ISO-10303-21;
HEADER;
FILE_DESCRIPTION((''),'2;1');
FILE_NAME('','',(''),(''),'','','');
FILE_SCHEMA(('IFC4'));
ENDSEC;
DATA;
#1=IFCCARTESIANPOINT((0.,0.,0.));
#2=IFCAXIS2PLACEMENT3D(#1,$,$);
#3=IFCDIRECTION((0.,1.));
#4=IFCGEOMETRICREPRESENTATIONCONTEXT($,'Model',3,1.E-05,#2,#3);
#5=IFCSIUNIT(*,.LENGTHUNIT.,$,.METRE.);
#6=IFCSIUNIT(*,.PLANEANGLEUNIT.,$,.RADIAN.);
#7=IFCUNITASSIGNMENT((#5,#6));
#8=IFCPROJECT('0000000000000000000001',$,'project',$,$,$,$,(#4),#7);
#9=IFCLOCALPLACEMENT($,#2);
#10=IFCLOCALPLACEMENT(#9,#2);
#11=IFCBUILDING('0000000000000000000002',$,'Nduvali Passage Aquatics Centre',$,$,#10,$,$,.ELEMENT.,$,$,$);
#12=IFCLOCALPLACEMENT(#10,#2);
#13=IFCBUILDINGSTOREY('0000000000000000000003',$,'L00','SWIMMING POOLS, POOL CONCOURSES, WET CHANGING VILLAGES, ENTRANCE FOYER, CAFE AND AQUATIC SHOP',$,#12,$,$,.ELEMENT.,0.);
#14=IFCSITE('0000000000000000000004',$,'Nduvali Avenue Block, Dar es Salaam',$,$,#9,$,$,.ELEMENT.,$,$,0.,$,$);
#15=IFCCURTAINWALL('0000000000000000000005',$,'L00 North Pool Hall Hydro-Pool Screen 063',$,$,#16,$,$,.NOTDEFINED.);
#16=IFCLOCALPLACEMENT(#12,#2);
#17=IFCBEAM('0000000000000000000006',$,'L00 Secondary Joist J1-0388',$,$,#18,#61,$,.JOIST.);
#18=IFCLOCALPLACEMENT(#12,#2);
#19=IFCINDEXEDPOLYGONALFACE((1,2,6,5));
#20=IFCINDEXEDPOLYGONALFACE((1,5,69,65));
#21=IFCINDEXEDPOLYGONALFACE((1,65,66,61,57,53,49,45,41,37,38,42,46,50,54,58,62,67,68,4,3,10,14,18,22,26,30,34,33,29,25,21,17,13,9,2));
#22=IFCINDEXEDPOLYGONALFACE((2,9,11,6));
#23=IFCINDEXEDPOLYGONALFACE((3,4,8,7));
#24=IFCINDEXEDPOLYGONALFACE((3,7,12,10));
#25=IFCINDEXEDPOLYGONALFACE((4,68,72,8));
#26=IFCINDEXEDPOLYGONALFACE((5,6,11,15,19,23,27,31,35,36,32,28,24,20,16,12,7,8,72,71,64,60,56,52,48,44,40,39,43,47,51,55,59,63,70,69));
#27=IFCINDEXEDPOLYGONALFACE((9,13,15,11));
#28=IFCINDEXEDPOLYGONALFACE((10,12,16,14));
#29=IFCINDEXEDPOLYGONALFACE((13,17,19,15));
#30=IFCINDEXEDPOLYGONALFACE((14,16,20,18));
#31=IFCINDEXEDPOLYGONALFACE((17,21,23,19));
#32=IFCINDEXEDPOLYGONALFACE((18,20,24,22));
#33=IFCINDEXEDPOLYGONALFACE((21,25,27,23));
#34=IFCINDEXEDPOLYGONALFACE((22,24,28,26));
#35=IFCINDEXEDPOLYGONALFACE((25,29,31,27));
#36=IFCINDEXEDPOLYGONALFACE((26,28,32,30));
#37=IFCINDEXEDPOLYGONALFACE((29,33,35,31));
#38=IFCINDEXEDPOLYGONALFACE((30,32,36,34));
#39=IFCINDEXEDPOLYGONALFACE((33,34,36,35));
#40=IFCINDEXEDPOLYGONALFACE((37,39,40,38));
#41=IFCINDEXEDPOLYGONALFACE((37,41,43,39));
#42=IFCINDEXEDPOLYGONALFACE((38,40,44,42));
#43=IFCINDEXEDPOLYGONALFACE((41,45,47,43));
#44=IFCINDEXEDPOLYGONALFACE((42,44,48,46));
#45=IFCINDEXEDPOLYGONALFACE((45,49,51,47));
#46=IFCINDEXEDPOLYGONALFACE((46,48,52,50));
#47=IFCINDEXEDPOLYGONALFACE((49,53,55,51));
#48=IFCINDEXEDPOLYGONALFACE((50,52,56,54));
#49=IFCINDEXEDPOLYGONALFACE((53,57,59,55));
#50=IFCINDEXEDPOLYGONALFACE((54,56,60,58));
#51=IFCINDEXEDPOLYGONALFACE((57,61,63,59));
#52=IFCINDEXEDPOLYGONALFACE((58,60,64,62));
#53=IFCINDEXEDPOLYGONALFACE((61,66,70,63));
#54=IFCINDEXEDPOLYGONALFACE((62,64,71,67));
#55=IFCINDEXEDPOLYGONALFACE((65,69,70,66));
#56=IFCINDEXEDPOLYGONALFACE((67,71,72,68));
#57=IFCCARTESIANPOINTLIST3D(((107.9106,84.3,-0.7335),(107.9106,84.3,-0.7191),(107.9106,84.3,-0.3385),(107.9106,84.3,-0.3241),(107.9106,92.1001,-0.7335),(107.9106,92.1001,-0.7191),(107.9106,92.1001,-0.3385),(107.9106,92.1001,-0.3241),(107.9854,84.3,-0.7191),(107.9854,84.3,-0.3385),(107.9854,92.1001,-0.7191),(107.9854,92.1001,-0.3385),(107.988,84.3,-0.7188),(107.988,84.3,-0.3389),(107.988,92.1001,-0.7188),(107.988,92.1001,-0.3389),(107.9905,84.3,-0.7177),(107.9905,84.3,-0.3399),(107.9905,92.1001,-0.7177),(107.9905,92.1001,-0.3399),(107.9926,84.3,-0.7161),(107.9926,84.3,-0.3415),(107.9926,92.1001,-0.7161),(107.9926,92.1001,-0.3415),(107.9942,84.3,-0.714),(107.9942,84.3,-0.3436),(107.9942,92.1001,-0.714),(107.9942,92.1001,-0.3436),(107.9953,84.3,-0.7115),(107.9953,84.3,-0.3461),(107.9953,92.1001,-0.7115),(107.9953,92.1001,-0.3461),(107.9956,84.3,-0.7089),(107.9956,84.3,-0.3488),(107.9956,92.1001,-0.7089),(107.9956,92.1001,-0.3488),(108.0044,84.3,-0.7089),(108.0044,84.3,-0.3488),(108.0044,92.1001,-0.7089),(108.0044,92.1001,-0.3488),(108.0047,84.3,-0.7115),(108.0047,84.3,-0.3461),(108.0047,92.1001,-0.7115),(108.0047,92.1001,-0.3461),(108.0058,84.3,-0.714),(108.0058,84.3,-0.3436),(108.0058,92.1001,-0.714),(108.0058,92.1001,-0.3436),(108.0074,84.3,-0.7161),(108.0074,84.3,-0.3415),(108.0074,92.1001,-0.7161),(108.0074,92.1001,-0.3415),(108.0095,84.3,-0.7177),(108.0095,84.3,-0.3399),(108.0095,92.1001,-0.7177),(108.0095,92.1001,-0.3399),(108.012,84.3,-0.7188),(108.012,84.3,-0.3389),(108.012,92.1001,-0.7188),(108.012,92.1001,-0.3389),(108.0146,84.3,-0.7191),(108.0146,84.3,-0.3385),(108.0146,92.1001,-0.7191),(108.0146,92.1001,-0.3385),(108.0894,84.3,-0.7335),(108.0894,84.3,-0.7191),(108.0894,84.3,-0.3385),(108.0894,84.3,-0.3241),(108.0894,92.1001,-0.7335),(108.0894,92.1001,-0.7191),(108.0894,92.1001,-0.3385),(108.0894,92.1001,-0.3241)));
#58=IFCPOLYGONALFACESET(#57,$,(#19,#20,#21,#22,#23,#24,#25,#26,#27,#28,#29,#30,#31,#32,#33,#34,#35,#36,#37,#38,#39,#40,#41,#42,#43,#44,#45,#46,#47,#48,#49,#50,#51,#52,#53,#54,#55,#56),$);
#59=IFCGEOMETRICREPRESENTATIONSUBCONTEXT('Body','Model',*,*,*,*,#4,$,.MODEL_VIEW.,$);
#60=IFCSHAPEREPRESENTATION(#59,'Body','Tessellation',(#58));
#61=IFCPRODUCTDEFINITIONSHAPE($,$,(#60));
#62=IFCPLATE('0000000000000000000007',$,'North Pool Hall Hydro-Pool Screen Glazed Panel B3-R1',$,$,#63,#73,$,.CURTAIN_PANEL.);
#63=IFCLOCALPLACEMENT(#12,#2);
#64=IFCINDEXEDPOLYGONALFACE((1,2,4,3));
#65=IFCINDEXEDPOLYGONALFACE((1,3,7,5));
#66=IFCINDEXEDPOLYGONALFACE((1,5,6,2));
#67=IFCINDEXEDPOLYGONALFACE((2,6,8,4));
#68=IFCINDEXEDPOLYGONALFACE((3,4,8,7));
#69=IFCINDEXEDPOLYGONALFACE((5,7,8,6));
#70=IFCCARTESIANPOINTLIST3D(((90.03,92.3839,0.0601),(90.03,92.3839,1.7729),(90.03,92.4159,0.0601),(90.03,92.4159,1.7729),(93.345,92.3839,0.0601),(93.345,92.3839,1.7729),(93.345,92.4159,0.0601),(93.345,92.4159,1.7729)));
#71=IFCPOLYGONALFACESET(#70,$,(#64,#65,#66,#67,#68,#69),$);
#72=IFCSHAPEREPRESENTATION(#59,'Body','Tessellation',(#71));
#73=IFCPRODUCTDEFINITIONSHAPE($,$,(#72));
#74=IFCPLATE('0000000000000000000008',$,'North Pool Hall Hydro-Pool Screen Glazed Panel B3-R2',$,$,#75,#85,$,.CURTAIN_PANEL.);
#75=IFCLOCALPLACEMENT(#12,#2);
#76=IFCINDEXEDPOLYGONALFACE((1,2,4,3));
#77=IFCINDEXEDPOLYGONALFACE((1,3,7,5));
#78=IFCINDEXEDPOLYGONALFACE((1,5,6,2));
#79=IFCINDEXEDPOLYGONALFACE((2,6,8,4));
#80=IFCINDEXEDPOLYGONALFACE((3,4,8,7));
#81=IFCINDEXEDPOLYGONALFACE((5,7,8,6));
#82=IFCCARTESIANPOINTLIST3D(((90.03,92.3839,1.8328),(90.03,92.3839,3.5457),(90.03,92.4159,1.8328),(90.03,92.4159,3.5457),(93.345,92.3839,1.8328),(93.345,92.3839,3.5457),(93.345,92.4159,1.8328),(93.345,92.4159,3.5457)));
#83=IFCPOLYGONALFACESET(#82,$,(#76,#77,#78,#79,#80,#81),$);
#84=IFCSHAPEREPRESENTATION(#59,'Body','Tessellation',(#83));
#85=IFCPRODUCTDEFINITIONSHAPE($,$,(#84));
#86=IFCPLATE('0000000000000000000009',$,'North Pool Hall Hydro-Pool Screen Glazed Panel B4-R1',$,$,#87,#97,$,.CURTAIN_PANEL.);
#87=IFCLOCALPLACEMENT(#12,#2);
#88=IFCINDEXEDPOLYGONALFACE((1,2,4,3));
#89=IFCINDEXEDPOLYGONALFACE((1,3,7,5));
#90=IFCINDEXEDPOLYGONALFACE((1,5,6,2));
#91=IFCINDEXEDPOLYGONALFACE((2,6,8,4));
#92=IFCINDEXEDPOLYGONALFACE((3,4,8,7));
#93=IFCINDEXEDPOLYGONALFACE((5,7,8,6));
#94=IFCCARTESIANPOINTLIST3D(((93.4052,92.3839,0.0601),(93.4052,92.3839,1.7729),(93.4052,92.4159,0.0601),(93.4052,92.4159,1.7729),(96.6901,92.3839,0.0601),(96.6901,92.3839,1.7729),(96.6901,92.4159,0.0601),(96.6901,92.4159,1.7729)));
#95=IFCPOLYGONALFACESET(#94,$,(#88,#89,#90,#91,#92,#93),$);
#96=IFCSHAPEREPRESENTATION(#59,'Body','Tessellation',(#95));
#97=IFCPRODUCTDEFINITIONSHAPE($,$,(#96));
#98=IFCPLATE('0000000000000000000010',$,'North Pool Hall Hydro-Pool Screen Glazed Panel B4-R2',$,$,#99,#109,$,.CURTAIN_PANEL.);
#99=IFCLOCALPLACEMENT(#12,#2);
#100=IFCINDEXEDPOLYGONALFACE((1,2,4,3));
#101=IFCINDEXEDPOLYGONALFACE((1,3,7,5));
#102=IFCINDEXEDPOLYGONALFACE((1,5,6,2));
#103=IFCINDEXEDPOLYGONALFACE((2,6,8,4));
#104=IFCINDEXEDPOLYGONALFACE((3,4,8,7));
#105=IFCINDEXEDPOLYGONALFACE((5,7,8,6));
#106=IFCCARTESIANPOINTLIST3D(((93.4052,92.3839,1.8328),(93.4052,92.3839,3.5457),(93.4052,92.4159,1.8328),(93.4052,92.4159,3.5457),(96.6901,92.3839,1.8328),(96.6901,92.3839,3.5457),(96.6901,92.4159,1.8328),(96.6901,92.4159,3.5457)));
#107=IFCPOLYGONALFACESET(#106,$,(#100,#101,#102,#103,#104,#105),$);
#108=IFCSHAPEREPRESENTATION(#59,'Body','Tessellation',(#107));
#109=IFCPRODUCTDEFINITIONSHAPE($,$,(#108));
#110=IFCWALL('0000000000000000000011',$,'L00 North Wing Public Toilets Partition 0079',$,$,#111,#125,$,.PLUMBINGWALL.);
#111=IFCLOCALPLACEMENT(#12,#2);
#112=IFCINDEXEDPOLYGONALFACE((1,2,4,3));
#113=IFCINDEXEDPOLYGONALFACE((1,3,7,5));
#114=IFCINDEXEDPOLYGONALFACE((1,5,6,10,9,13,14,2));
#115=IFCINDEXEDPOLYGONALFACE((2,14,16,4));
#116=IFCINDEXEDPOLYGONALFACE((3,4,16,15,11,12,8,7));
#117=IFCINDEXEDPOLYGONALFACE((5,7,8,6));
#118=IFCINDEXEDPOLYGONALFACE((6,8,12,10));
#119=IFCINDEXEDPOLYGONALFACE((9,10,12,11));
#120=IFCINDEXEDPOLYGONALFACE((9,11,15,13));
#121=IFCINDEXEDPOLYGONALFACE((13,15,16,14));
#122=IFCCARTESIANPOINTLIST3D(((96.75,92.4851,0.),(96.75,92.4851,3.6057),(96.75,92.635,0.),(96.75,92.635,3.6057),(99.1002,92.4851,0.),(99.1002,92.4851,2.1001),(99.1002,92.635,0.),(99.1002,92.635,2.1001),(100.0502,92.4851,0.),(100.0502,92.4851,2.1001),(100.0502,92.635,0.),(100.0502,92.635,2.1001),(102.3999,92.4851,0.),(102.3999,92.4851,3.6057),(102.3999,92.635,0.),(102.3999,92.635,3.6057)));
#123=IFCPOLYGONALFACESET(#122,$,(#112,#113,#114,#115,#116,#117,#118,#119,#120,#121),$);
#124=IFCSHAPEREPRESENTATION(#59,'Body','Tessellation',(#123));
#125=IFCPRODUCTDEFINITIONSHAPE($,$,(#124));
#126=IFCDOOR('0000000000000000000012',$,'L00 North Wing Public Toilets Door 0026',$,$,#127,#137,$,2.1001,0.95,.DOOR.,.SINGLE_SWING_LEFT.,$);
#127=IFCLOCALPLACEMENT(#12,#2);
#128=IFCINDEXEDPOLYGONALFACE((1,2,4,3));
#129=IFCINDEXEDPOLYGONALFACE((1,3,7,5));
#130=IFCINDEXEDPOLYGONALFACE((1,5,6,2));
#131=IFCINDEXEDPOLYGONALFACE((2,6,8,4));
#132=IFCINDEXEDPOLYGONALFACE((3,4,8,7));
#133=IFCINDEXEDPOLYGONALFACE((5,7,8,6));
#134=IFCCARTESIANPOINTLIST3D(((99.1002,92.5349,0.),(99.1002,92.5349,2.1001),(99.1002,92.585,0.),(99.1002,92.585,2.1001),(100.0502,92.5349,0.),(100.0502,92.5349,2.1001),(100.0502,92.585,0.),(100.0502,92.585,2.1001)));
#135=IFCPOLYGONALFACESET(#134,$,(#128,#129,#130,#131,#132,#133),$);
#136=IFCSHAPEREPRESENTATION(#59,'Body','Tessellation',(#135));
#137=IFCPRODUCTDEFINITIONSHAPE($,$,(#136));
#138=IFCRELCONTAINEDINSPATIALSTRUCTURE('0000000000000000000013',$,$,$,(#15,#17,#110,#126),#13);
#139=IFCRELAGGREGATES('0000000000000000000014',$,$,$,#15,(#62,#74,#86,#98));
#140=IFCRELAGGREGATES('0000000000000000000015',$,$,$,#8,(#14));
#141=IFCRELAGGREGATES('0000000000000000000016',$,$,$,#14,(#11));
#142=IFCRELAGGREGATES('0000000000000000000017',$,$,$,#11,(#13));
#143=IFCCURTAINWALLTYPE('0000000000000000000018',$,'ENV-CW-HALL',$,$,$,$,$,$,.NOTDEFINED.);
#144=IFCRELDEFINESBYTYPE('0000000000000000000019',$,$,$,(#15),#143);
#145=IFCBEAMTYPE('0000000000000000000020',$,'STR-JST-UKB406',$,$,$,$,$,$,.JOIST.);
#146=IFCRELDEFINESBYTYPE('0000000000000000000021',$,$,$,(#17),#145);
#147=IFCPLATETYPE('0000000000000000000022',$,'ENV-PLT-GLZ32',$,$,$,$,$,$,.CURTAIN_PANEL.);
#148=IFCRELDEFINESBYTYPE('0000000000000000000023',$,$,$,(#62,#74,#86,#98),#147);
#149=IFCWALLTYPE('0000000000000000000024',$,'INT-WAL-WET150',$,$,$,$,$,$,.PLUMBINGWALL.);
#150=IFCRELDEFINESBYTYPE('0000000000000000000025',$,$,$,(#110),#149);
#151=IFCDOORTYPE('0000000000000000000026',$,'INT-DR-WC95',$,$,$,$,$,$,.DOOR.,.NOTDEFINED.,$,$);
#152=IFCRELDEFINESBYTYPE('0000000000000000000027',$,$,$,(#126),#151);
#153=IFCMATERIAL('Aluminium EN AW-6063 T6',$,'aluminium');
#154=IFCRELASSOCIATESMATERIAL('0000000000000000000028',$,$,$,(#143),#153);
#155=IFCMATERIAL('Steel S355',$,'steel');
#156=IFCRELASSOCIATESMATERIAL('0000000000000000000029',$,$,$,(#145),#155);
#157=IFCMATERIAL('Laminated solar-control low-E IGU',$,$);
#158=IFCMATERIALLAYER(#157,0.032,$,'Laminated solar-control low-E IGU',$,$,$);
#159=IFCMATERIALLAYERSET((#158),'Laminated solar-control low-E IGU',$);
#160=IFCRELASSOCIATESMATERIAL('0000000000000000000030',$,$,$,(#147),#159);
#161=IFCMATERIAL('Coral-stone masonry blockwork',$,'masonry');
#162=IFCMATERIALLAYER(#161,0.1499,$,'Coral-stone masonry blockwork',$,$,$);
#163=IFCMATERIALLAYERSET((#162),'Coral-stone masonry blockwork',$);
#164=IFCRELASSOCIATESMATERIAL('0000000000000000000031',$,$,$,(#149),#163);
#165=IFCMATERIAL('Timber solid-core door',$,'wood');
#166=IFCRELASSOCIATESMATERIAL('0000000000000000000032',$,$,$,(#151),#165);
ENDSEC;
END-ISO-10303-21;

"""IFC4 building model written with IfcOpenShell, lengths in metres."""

from ifc_helpers import new_model, si_unit, direction, frame, frame_2d, origin, origin_2d, place, context, subcontext, project, spatial, rectangle, i_section, extrude, material, layer, layer_set, material_profile, profile_set, type_object, element, fill, aggregate, save


model = new_model("IFC4")

# Units and contexts
model_context = context("Model", 3, precision=1e-05, world=origin(), true_north=direction((0.0, 1.0)))
body_context = subcontext(model_context, "Body", "Model", "MODEL_VIEW")
ifc_project = project(units=[si_unit("LENGTHUNIT", "METRE"), si_unit("PLANEANGLEUNIT", "RADIAN")], contexts=[model_context])

# Site, building, storey
site_placement = place(None, origin())
site = spatial("IfcSite", under=ifc_project, at=site_placement, Name="Nduvali Avenue Block, Dar es Salaam", CompositionType="ELEMENT", RefElevation=0.0)
building_placement = place(site_placement, origin())
building = spatial("IfcBuilding", under=site, at=building_placement, Name="Nduvali Passage Aquatics Centre", CompositionType="ELEMENT")
storey_placement = place(building_placement, origin())
storey = spatial("IfcBuildingStorey", under=building, at=storey_placement, Name="L00", Description="SWIMMING POOLS, POOL CONCOURSES, WET CHANGING VILLAGES, ENTRANCE FOYER, CAFE AND AQUATIC SHOP", CompositionType="ELEMENT", Elevation=0.0)

# Curtain wall
ifc_material_1 = material(Name="Aluminium EN AW-6063 T6", Category="aluminium")
curtain_wall_type = type_object("IfcCurtainWallType", Name="ENV-CW-HALL", PredefinedType="NOTDEFINED", material=ifc_material_1)
curtain_wall_placement = place(storey_placement, origin())
curtain_wall = element("IfcCurtainWall", 1, at=curtain_wall_placement, inside=storey, type_object=curtain_wall_type, Name="L00 North Pool Hall Hydro-Pool Screen 063", PredefinedType="NOTDEFINED")

# Beam
ifc_material_2 = material(Name="Steel S355", Category="steel")
ifc_material_profile_1 = material_profile(ifc_material_2, i_section(OverallWidth=0.1787, OverallDepth=0.4094, WebThickness=0.0088, FlangeThickness=0.0144, FilletRadius=0.0103, at=origin_2d()), Name="UKB 406x178x67")
ifc_profile_set_1 = profile_set([ifc_material_profile_1], Name="Steel S355")
beam_type_1 = type_object("IfcBeamType", Name="STR-JST-UKB406", PredefinedType="JOIST", material=ifc_profile_set_1)
beam_1_placement = place(storey_placement, frame((108.0, 84.3, -0.5288), z_axis=(0.0, 1.0, 0.0), x_axis=(-1.0, 0.0, 0.0)))
element("IfcBeam", 2, at=beam_1_placement, inside=storey, type_object=beam_type_1, Name="L00 Secondary Joist J1-0388", PredefinedType="JOIST", context=body_context, shape_type="SweptSolid", body=[
    extrude(i_section(OverallWidth=0.1787, OverallDepth=0.4094, WebThickness=0.0088, FlangeThickness=0.0144, FilletRadius=0.0103, at=origin_2d()), origin(), (0.0, 0.0, 1.0), 7.8),
])

# Plates
ifc_material_3 = material(Name="Laminated solar-control low-E IGU")
ifc_layer_1 = layer(ifc_material_3, 0.032, Name="Laminated solar-control low-E IGU")
ifc_layer_set_1 = layer_set([ifc_layer_1], Name="Laminated solar-control low-E IGU")
plate_type = type_object("IfcPlateType", Name="ENV-PLT-GLZ32", PredefinedType="CURTAIN_PANEL", material=ifc_layer_set_1)
plate_1_placement = place(storey_placement, frame((91.6875, 92.3999, 0.0601), z_axis=(0.0, 0.0, 1.0), x_axis=(1.0, 0.0, 0.0)))
plate_1 = element("IfcPlate", 3, at=plate_1_placement, type_object=plate_type, Name="North Pool Hall Hydro-Pool Screen Glazed Panel B3-R1", PredefinedType="CURTAIN_PANEL", context=body_context, shape_type="SweptSolid", body=[
    extrude(rectangle(XDim=3.3149, YDim=0.032, at=origin_2d()), origin(), (0.0, 0.0, 1.0), 1.7129),
])
plate_2_placement = place(storey_placement, frame((91.6875, 92.3999, 1.8328), z_axis=(0.0, 0.0, 1.0), x_axis=(1.0, 0.0, 0.0)))
plate_2 = element("IfcPlate", 4, at=plate_2_placement, type_object=plate_type, Name="North Pool Hall Hydro-Pool Screen Glazed Panel B3-R2", PredefinedType="CURTAIN_PANEL", context=body_context, shape_type="SweptSolid", body=[
    extrude(rectangle(XDim=3.3149, YDim=0.032, at=origin_2d()), origin(), (0.0, 0.0, 1.0), 1.7129),
])
plate_3_placement = place(storey_placement, frame((95.0476, 92.3999, 0.0601), z_axis=(0.0, 0.0, 1.0), x_axis=(1.0, 0.0, 0.0)))
plate_3 = element("IfcPlate", 5, at=plate_3_placement, type_object=plate_type, Name="North Pool Hall Hydro-Pool Screen Glazed Panel B4-R1", PredefinedType="CURTAIN_PANEL", context=body_context, shape_type="SweptSolid", body=[
    extrude(rectangle(XDim=3.2849, YDim=0.032, at=origin_2d()), origin(), (0.0, 0.0, 1.0), 1.7129),
])
plate_4_placement = place(storey_placement, frame((95.0476, 92.3999, 1.8328), z_axis=(0.0, 0.0, 1.0), x_axis=(1.0, 0.0, 0.0)))
plate_4 = element("IfcPlate", 6, at=plate_4_placement, type_object=plate_type, Name="North Pool Hall Hydro-Pool Screen Glazed Panel B4-R2", PredefinedType="CURTAIN_PANEL", context=body_context, shape_type="SweptSolid", body=[
    extrude(rectangle(XDim=3.2849, YDim=0.032, at=origin_2d()), origin(), (0.0, 0.0, 1.0), 1.7129),
])
aggregate(curtain_wall, [plate_1, plate_2, plate_3, plate_4])

# Wall, opening, door
ifc_material_4 = material(Name="Coral-stone masonry blockwork", Category="masonry")
ifc_layer_2 = layer(ifc_material_4, 0.1499, Name="Coral-stone masonry blockwork")
ifc_layer_set_2 = layer_set([ifc_layer_2], Name="Coral-stone masonry blockwork")
wall_type = type_object("IfcWallType", Name="INT-WAL-WET150", PredefinedType="PLUMBINGWALL", material=ifc_layer_set_2)
wall_placement = place(storey_placement, frame((96.75, 92.5601, 0.0), z_axis=(0.0, 0.0, 1.0), x_axis=(1.0, 0.0, 0.0)))
wall = element("IfcWall", 7, at=wall_placement, inside=storey, type_object=wall_type, Name="L00 North Wing Public Toilets Partition 0079", PredefinedType="PLUMBINGWALL", context=body_context, shape_type="SweptSolid", body=[
    extrude(rectangle(XDim=5.6499, YDim=0.1499, at=frame_2d((2.825, 0.0))), origin(), (0.0, 0.0, 1.0), 3.6057),
])
opening_placement = place(wall_placement, frame((2.3501, 0.0, 0.0)))
opening = element("IfcOpeningElement", 8, at=opening_placement, cuts=wall, PredefinedType="OPENING", context=body_context, shape_type="SweptSolid", body=[
    extrude(rectangle(XDim=0.95, YDim=2.1001, at=frame_2d((0.4751, 1.05))), frame((0.0, 0.0898, 0.0), z_axis=(0.0, -1.0, 0.0), x_axis=(1.0, 0.0, 0.0)), (0.0, 0.0, 1.0), 0.1797),
])
ifc_material_5 = material(Name="Timber solid-core door", Category="wood")
door_type = type_object("IfcDoorType", Name="INT-DR-WC95", OperationType="NOTDEFINED", PredefinedType="DOOR", material=ifc_material_5)
door_placement = place(opening_placement, origin())
door = element("IfcDoor", 9, at=door_placement, inside=storey, type_object=door_type, Name="L00 North Wing Public Toilets Door 0026", OperationType="SINGLE_SWING_LEFT", OverallHeight=2.1001, OverallWidth=0.95, PredefinedType="DOOR", context=body_context, shape_type="SweptSolid", body=[
    extrude(rectangle(XDim=0.95, YDim=2.1001, at=frame_2d((0.4751, 1.05))), frame((0.0, 0.0249, 0.0), z_axis=(0.0, -1.0, 0.0), x_axis=(1.0, 0.0, 0.0)), (0.0, 0.0, 1.0), 0.05),
])
fill(opening, door)

save(model, "model.ifc")
